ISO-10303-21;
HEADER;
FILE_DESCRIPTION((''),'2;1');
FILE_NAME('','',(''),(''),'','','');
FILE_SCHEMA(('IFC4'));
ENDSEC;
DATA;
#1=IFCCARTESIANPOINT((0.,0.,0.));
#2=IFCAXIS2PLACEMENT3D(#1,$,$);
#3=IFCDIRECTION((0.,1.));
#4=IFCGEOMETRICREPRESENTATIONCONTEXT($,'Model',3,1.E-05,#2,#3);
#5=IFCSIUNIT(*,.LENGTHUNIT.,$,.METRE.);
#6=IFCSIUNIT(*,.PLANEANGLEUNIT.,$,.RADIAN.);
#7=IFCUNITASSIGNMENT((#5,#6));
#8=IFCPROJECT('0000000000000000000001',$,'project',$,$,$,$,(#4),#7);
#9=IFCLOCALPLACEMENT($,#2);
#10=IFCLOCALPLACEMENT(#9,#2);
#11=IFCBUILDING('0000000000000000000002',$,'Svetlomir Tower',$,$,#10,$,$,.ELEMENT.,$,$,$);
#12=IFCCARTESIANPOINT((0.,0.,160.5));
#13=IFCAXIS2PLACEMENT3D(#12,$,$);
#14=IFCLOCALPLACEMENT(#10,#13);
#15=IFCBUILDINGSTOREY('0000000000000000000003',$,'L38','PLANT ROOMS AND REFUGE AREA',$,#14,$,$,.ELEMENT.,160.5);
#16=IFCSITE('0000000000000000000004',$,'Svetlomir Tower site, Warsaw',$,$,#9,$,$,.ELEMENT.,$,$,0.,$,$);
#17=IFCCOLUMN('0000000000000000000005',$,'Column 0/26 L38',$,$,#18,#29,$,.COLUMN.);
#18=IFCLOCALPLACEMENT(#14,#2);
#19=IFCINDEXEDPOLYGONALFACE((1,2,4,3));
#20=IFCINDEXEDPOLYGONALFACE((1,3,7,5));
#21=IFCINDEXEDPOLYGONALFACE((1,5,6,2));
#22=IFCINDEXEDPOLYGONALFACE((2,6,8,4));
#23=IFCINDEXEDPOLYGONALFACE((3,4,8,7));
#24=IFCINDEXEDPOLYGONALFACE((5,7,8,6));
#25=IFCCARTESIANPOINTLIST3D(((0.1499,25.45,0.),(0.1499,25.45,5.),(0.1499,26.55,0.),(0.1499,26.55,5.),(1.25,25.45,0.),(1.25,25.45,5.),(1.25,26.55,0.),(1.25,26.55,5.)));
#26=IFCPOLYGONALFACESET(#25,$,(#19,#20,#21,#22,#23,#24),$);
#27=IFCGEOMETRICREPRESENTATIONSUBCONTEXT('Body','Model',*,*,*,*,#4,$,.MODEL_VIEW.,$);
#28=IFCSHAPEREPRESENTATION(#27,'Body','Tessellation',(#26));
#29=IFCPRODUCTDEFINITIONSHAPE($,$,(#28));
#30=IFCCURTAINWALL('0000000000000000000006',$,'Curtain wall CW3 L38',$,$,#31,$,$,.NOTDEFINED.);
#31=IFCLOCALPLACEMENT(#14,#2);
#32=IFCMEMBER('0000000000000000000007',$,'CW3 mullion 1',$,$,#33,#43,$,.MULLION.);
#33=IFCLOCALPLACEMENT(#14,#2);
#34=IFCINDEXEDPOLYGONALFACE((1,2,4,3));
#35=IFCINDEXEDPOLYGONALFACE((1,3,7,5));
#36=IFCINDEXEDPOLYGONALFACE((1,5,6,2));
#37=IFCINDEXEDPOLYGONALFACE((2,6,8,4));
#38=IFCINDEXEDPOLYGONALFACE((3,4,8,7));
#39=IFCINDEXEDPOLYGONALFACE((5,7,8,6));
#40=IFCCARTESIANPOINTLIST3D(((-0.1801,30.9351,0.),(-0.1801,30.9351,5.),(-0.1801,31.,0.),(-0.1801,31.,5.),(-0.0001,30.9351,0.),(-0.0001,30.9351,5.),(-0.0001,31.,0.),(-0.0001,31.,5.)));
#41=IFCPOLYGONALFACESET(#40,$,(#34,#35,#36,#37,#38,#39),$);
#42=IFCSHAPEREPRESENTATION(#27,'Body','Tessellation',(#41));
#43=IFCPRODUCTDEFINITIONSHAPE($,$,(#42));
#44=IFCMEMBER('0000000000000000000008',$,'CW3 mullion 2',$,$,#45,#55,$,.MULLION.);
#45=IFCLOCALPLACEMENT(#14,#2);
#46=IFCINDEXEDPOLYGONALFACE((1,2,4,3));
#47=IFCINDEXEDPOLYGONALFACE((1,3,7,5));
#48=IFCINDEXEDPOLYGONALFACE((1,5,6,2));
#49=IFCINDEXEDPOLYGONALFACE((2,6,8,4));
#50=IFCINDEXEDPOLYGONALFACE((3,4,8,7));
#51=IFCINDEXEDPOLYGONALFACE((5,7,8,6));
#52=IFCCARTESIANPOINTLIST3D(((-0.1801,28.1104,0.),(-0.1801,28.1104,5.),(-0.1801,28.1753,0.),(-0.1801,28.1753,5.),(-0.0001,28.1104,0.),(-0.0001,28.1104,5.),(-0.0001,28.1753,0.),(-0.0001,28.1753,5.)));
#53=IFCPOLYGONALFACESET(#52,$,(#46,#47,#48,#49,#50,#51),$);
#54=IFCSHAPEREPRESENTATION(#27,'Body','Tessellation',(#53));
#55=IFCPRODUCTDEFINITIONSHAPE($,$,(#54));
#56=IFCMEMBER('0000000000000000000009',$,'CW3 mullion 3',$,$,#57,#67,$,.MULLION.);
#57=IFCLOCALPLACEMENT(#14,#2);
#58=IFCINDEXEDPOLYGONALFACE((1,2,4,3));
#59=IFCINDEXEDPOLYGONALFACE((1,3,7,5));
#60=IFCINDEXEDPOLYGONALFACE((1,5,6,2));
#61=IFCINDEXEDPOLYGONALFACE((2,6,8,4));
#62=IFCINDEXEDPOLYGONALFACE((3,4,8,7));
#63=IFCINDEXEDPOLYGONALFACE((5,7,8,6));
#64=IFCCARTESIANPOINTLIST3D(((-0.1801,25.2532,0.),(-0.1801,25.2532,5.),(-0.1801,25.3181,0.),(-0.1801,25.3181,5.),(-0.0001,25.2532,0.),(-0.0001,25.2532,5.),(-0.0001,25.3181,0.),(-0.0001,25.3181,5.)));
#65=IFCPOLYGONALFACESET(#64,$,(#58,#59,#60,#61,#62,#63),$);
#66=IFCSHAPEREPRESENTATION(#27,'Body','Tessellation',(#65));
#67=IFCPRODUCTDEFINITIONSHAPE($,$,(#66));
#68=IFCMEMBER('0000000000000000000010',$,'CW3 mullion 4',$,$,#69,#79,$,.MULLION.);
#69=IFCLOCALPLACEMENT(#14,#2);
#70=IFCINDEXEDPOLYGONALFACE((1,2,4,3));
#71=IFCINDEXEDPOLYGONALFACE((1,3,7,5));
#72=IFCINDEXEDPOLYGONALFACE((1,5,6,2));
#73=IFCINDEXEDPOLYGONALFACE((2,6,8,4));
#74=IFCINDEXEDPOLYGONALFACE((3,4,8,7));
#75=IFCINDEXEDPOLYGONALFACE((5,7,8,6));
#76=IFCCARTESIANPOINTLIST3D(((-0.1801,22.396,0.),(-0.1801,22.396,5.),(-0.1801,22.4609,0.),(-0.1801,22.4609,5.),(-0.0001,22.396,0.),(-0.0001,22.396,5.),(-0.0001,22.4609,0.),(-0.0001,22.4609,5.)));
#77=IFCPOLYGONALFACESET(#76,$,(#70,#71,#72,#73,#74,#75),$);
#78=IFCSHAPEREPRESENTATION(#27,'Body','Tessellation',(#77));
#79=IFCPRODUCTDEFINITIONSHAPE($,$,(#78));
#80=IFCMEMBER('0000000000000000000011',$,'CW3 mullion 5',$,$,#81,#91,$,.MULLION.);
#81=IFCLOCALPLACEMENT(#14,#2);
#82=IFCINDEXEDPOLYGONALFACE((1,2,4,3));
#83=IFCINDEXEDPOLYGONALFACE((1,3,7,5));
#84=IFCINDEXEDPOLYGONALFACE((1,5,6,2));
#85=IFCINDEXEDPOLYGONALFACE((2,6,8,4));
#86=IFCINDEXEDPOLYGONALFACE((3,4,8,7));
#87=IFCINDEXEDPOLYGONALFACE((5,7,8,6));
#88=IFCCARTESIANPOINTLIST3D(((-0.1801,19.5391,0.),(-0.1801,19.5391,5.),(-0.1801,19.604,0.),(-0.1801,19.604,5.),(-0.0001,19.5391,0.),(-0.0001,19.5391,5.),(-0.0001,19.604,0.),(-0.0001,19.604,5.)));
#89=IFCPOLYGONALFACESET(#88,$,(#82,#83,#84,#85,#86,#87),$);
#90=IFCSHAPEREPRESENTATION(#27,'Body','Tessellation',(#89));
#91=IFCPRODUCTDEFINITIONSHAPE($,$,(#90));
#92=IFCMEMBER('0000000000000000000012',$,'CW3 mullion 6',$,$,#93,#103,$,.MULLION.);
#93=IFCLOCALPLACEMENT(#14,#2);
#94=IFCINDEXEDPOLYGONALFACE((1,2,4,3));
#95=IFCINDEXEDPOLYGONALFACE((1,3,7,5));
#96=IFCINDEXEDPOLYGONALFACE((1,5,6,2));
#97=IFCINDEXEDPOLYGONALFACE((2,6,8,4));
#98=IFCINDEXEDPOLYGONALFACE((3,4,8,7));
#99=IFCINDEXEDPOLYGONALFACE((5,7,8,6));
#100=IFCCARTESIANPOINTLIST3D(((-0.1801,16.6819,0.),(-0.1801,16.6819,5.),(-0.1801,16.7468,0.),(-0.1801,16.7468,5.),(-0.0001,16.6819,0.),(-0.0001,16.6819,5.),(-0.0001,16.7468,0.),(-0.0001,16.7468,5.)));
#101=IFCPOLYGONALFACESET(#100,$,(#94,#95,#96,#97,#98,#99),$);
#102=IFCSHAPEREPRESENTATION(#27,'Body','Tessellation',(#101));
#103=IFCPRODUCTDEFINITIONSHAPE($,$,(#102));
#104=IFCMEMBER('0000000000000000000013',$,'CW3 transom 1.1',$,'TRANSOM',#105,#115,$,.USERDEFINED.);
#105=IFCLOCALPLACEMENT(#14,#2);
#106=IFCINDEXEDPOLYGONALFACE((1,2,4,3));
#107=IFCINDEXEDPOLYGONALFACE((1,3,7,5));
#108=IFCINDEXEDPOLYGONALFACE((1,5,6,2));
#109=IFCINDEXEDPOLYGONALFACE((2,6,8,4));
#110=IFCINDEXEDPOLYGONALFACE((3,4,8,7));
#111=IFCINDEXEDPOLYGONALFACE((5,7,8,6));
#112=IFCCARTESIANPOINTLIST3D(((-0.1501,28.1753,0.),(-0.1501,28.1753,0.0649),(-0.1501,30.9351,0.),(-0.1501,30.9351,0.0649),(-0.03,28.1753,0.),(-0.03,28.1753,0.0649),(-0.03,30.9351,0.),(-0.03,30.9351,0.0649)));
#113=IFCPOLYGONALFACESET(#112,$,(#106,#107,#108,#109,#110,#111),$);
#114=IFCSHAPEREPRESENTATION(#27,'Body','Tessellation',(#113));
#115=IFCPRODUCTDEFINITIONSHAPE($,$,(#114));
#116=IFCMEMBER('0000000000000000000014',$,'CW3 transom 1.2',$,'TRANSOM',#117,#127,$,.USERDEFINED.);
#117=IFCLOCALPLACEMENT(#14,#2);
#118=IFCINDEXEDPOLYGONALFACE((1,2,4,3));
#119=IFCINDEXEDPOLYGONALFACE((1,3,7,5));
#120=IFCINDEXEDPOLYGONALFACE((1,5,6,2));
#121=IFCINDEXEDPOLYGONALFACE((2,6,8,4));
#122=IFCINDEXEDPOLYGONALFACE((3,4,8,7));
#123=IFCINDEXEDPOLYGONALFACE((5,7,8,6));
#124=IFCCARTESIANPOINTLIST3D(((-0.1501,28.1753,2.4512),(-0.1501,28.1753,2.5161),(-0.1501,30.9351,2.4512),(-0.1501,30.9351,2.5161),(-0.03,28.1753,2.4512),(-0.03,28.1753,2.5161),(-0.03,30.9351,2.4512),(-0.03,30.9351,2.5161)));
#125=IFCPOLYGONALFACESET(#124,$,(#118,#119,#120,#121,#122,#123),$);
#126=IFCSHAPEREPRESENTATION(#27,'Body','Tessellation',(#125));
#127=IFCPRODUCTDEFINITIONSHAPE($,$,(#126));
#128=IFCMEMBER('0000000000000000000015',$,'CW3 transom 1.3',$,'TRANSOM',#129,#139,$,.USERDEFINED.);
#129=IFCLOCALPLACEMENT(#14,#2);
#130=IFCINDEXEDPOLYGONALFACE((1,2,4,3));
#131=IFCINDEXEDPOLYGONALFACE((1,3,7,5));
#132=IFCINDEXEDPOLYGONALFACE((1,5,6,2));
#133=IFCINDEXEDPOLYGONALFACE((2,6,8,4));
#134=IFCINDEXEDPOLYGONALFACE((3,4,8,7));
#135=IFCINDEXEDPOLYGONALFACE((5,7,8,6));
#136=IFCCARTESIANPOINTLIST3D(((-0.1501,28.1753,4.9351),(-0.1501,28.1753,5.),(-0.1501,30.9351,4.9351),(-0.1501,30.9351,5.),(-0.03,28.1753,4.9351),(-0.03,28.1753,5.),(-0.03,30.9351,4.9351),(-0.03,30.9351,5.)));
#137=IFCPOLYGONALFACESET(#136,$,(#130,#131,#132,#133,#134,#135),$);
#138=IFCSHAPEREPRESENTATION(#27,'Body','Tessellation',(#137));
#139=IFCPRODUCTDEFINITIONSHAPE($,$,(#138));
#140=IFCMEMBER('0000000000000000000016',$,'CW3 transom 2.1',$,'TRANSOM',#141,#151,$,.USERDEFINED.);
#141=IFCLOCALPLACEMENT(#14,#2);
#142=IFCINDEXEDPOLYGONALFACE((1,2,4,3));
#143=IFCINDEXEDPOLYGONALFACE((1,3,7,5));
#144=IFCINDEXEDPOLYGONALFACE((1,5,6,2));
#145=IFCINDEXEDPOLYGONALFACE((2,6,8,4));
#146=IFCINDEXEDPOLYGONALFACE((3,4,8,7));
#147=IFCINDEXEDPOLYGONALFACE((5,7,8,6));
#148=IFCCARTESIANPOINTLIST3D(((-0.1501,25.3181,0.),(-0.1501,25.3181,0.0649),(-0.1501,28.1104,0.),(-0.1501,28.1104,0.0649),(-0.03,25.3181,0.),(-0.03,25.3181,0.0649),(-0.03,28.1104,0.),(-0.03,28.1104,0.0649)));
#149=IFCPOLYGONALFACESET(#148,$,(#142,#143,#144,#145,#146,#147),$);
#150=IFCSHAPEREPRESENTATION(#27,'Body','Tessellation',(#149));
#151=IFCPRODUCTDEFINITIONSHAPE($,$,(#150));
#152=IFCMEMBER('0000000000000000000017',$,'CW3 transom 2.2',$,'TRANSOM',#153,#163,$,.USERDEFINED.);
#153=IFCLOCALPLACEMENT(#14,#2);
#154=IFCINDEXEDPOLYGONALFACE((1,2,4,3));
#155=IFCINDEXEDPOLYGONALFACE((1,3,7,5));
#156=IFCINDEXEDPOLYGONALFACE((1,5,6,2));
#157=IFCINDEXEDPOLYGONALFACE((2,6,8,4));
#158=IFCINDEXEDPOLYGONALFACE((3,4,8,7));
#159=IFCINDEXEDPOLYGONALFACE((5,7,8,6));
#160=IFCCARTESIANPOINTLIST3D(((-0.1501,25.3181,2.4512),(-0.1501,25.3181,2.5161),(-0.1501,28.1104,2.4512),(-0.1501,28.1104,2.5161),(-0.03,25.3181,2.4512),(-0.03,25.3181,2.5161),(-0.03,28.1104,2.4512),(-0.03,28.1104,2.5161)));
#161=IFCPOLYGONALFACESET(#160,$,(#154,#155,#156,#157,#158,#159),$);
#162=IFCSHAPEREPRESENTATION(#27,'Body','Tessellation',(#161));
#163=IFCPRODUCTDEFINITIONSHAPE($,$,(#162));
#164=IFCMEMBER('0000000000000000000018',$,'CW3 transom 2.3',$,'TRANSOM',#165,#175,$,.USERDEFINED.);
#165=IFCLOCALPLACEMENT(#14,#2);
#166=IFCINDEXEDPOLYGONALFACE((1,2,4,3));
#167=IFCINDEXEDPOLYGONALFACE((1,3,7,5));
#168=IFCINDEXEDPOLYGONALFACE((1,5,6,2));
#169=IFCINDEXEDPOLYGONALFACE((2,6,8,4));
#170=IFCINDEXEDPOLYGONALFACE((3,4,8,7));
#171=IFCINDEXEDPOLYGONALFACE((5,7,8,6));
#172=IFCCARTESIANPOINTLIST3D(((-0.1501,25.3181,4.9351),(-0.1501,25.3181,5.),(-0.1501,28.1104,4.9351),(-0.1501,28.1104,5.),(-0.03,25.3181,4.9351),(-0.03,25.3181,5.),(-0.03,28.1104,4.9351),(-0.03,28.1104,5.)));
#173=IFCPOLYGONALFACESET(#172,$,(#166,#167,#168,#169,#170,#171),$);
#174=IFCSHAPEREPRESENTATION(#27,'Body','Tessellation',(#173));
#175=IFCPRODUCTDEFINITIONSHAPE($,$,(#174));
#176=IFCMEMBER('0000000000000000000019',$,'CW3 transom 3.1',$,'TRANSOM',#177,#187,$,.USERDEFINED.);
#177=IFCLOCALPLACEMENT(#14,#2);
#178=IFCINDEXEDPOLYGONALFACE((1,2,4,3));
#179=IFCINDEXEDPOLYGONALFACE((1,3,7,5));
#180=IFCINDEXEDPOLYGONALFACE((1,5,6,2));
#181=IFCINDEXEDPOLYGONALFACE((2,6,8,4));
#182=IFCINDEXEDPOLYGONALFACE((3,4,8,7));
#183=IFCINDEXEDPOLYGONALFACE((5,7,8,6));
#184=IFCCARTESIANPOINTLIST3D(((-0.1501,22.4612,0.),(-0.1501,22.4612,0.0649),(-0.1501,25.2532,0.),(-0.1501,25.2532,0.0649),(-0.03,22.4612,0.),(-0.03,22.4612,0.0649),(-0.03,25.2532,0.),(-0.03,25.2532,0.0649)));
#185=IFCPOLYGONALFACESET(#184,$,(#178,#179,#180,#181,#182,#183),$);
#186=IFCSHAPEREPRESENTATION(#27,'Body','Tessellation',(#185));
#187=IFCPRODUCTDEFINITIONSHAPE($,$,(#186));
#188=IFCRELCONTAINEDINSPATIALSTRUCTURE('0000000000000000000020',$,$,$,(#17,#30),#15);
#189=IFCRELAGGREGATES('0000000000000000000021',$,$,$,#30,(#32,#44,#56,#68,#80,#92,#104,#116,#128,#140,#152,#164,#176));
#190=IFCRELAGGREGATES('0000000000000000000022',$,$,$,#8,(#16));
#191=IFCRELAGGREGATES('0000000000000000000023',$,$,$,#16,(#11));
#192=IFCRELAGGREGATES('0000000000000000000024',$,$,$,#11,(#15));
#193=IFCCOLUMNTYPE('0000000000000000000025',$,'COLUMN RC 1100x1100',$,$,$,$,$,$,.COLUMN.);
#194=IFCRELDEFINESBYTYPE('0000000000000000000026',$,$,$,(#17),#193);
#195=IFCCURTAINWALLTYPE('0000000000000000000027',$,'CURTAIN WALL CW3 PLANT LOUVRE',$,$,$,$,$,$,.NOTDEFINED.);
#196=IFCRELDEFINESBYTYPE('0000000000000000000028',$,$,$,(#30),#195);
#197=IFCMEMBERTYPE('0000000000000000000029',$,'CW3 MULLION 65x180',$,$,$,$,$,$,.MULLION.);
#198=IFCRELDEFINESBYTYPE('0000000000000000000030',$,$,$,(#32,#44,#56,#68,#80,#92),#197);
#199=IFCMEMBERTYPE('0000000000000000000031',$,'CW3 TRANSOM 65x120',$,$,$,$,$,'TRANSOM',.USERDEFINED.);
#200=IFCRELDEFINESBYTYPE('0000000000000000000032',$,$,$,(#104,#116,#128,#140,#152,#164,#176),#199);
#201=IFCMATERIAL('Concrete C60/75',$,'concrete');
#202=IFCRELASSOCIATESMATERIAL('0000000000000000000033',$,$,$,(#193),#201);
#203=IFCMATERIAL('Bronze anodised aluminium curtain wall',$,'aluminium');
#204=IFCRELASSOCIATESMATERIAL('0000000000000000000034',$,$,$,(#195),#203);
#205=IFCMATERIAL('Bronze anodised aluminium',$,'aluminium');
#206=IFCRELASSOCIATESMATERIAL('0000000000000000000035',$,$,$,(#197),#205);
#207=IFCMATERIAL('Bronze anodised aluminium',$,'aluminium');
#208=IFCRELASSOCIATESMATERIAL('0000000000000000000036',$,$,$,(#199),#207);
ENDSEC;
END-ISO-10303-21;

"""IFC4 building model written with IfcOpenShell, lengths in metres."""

from ifc_helpers import new_model, si_unit, direction, frame, origin, origin_2d, place, context, subcontext, project, spatial, rectangle, extrude, material, material_profile, profile_set, type_object, element, aggregate, save


model = new_model("IFC4")

# Units and contexts
model_context = context("Model", 3, precision=1e-05, world=origin(), true_north=direction((0.0, 1.0)))
body_context = subcontext(model_context, "Body", "Model", "MODEL_VIEW")
ifc_project = project(units=[si_unit("LENGTHUNIT", "METRE"), si_unit("PLANEANGLEUNIT", "RADIAN")], contexts=[model_context])

# Site, building, storey
site_placement = place(None, origin())
site = spatial("IfcSite", under=ifc_project, at=site_placement, Name="Svetlomir Tower site, Warsaw", CompositionType="ELEMENT", RefElevation=0.0)
building_placement = place(site_placement, origin())
building = spatial("IfcBuilding", under=site, at=building_placement, Name="Svetlomir Tower", CompositionType="ELEMENT")
storey_placement = place(building_placement, frame((0.0, 0.0, 160.5)))
storey = spatial("IfcBuildingStorey", under=building, at=storey_placement, Name="L38", Description="PLANT ROOMS AND REFUGE AREA", CompositionType="ELEMENT", Elevation=160.5)

# Column
ifc_material_1 = material(Name="Concrete C60/75", Category="concrete")
ifc_material_profile_1 = material_profile(ifc_material_1, rectangle(XDim=1.1001, YDim=1.1001, at=origin_2d()), Name="RC 1100x1100")
ifc_profile_set_1 = profile_set([ifc_material_profile_1], Name="Concrete C60/75")
column_type = type_object("IfcColumnType", Name="COLUMN RC 1100x1100", PredefinedType="COLUMN", material=ifc_profile_set_1)
column_placement = place(storey_placement, frame((0.7, 26.0, 0.0), z_axis=(0.0, 0.0, 1.0), x_axis=(1.0, 0.0, 0.0)))
element("IfcColumn", 1, at=column_placement, inside=storey, type_object=column_type, Name="Column 0/26 L38", PredefinedType="COLUMN", context=body_context, shape_type="SweptSolid", body=[
    extrude(rectangle(XDim=1.1001, YDim=1.1001, at=origin_2d()), origin(), (0.0, 0.0, 1.0), 5.0),
])

# Curtain wall, members
ifc_material_2 = material(Name="Bronze anodised aluminium curtain wall", Category="aluminium")
curtain_wall_type = type_object("IfcCurtainWallType", Name="CURTAIN WALL CW3 PLANT LOUVRE", PredefinedType="NOTDEFINED", material=ifc_material_2)
curtain_wall_placement = place(storey_placement, origin())
curtain_wall = element("IfcCurtainWall", 2, at=curtain_wall_placement, inside=storey, type_object=curtain_wall_type, Name="Curtain wall CW3 L38", PredefinedType="NOTDEFINED")
ifc_material_3 = material(Name="Bronze anodised aluminium", Category="aluminium")
ifc_material_profile_2 = material_profile(ifc_material_3, rectangle(XDim=0.0649, YDim=0.1799, at=origin_2d()), Name="AL 65x180")
ifc_profile_set_2 = profile_set([ifc_material_profile_2], Name="Bronze anodised aluminium 6063-T6")
member_type_1 = type_object("IfcMemberType", Name="CW3 MULLION 65x180", PredefinedType="MULLION", material=ifc_profile_set_2)
member_1_placement = place(storey_placement, frame((-0.0901, 30.9675, 0.0), z_axis=(0.0, 0.0, 1.0), x_axis=(0.0, -1.0, 0.0)))
member_1 = element("IfcMember", 3, at=member_1_placement, type_object=member_type_1, Name="CW3 mullion 1", PredefinedType="MULLION", context=body_context, shape_type="SweptSolid", body=[
    extrude(rectangle(XDim=0.0649, YDim=0.1799, at=origin_2d()), origin(), (0.0, 0.0, 1.0), 5.0),
])
member_2_placement = place(storey_placement, frame((-0.0901, 28.1428, 0.0), z_axis=(0.0, 0.0, 1.0), x_axis=(0.0, -1.0, 0.0)))
member_2 = element("IfcMember", 4, at=member_2_placement, type_object=member_type_1, Name="CW3 mullion 2", PredefinedType="MULLION", context=body_context, shape_type="SweptSolid", body=[
    extrude(rectangle(XDim=0.0649, YDim=0.1799, at=origin_2d()), origin(), (0.0, 0.0, 1.0), 5.0),
])
member_3_placement = place(storey_placement, frame((-0.0901, 25.2856, 0.0), z_axis=(0.0, 0.0, 1.0), x_axis=(0.0, -1.0, 0.0)))
member_3 = element("IfcMember", 5, at=member_3_placement, type_object=member_type_1, Name="CW3 mullion 3", PredefinedType="MULLION", context=body_context, shape_type="SweptSolid", body=[
    extrude(rectangle(XDim=0.0649, YDim=0.1799, at=origin_2d()), origin(), (0.0, 0.0, 1.0), 5.0),
])
member_4_placement = place(storey_placement, frame((-0.0901, 22.4285, 0.0), z_axis=(0.0, 0.0, 1.0), x_axis=(0.0, -1.0, 0.0)))
member_4 = element("IfcMember", 6, at=member_4_placement, type_object=member_type_1, Name="CW3 mullion 4", PredefinedType="MULLION", context=body_context, shape_type="SweptSolid", body=[
    extrude(rectangle(XDim=0.0649, YDim=0.1799, at=origin_2d()), origin(), (0.0, 0.0, 1.0), 5.0),
])
member_5_placement = place(storey_placement, frame((-0.0901, 19.5715, 0.0), z_axis=(0.0, 0.0, 1.0), x_axis=(0.0, -1.0, 0.0)))
member_5 = element("IfcMember", 7, at=member_5_placement, type_object=member_type_1, Name="CW3 mullion 5", PredefinedType="MULLION", context=body_context, shape_type="SweptSolid", body=[
    extrude(rectangle(XDim=0.0649, YDim=0.1799, at=origin_2d()), origin(), (0.0, 0.0, 1.0), 5.0),
])
member_6_placement = place(storey_placement, frame((-0.0901, 16.7144, 0.0), z_axis=(0.0, 0.0, 1.0), x_axis=(0.0, -1.0, 0.0)))
member_6 = element("IfcMember", 8, at=member_6_placement, type_object=member_type_1, Name="CW3 mullion 6", PredefinedType="MULLION", context=body_context, shape_type="SweptSolid", body=[
    extrude(rectangle(XDim=0.0649, YDim=0.1799, at=origin_2d()), origin(), (0.0, 0.0, 1.0), 5.0),
])
ifc_material_4 = material(Name="Bronze anodised aluminium", Category="aluminium")
ifc_material_profile_3 = material_profile(ifc_material_4, rectangle(XDim=0.1201, YDim=0.0649, at=origin_2d()), Name="AL 120x65")
ifc_profile_set_3 = profile_set([ifc_material_profile_3], Name="Bronze anodised aluminium 6063-T6")
member_type_2 = type_object("IfcMemberType", Name="CW3 TRANSOM 65x120", ElementType="TRANSOM", PredefinedType="USERDEFINED", material=ifc_profile_set_3)
member_7_placement = place(storey_placement, frame((-0.0901, 30.9351, 0.0325), z_axis=(0.0, -1.0, 0.0), x_axis=(1.0, 0.0, 0.0)))
member_7 = element("IfcMember", 9, at=member_7_placement, type_object=member_type_2, Name="CW3 transom 1.1", ObjectType="TRANSOM", PredefinedType="USERDEFINED", context=body_context, shape_type="SweptSolid", body=[
    extrude(rectangle(XDim=0.1201, YDim=0.0649, at=origin_2d()), origin(), (0.0, 0.0, 1.0), 2.7598),
])
member_8_placement = place(storey_placement, frame((-0.0901, 30.9351, 2.4836), z_axis=(0.0, -1.0, 0.0), x_axis=(1.0, 0.0, 0.0)))
member_8 = element("IfcMember", 10, at=member_8_placement, type_object=member_type_2, Name="CW3 transom 1.2", ObjectType="TRANSOM", PredefinedType="USERDEFINED", context=body_context, shape_type="SweptSolid", body=[
    extrude(rectangle(XDim=0.1201, YDim=0.0649, at=origin_2d()), origin(), (0.0, 0.0, 1.0), 2.7598),
])
member_9_placement = place(storey_placement, frame((-0.0901, 30.9351, 4.9675), z_axis=(0.0, -1.0, 0.0), x_axis=(1.0, 0.0, 0.0)))
member_9 = element("IfcMember", 11, at=member_9_placement, type_object=member_type_2, Name="CW3 transom 1.3", ObjectType="TRANSOM", PredefinedType="USERDEFINED", context=body_context, shape_type="SweptSolid", body=[
    extrude(rectangle(XDim=0.1201, YDim=0.0649, at=origin_2d()), origin(), (0.0, 0.0, 1.0), 2.7598),
])
member_10_placement = place(storey_placement, frame((-0.0901, 28.1104, 0.0325), z_axis=(0.0, -1.0, 0.0), x_axis=(1.0, 0.0, 0.0)))
member_10 = element("IfcMember", 12, at=member_10_placement, type_object=member_type_2, Name="CW3 transom 2.1", ObjectType="TRANSOM", PredefinedType="USERDEFINED", context=body_context, shape_type="SweptSolid", body=[
    extrude(rectangle(XDim=0.1201, YDim=0.0649, at=origin_2d()), origin(), (0.0, 0.0, 1.0), 2.7922),
])
member_11_placement = place(storey_placement, frame((-0.0901, 28.1104, 2.4836), z_axis=(0.0, -1.0, 0.0), x_axis=(1.0, 0.0, 0.0)))
member_11 = element("IfcMember", 13, at=member_11_placement, type_object=member_type_2, Name="CW3 transom 2.2", ObjectType="TRANSOM", PredefinedType="USERDEFINED", context=body_context, shape_type="SweptSolid", body=[
    extrude(rectangle(XDim=0.1201, YDim=0.0649, at=origin_2d()), origin(), (0.0, 0.0, 1.0), 2.7922),
])
member_12_placement = place(storey_placement, frame((-0.0901, 28.1104, 4.9675), z_axis=(0.0, -1.0, 0.0), x_axis=(1.0, 0.0, 0.0)))
member_12 = element("IfcMember", 14, at=member_12_placement, type_object=member_type_2, Name="CW3 transom 2.3", ObjectType="TRANSOM", PredefinedType="USERDEFINED", context=body_context, shape_type="SweptSolid", body=[
    extrude(rectangle(XDim=0.1201, YDim=0.0649, at=origin_2d()), origin(), (0.0, 0.0, 1.0), 2.7922),
])
member_13_placement = place(storey_placement, frame((-0.0901, 25.2532, 0.0325), z_axis=(0.0, -1.0, 0.0), x_axis=(1.0, 0.0, 0.0)))
member_13 = element("IfcMember", 15, at=member_13_placement, type_object=member_type_2, Name="CW3 transom 3.1", ObjectType="TRANSOM", PredefinedType="USERDEFINED", context=body_context, shape_type="SweptSolid", body=[
    extrude(rectangle(XDim=0.1201, YDim=0.0649, at=origin_2d()), origin(), (0.0, 0.0, 1.0), 2.792),
])
aggregate(curtain_wall, [member_1, member_2, member_3, member_4, member_5, member_6, member_7, member_8, member_9, member_10, member_11, member_12, member_13])

save(model, "model.ifc")
